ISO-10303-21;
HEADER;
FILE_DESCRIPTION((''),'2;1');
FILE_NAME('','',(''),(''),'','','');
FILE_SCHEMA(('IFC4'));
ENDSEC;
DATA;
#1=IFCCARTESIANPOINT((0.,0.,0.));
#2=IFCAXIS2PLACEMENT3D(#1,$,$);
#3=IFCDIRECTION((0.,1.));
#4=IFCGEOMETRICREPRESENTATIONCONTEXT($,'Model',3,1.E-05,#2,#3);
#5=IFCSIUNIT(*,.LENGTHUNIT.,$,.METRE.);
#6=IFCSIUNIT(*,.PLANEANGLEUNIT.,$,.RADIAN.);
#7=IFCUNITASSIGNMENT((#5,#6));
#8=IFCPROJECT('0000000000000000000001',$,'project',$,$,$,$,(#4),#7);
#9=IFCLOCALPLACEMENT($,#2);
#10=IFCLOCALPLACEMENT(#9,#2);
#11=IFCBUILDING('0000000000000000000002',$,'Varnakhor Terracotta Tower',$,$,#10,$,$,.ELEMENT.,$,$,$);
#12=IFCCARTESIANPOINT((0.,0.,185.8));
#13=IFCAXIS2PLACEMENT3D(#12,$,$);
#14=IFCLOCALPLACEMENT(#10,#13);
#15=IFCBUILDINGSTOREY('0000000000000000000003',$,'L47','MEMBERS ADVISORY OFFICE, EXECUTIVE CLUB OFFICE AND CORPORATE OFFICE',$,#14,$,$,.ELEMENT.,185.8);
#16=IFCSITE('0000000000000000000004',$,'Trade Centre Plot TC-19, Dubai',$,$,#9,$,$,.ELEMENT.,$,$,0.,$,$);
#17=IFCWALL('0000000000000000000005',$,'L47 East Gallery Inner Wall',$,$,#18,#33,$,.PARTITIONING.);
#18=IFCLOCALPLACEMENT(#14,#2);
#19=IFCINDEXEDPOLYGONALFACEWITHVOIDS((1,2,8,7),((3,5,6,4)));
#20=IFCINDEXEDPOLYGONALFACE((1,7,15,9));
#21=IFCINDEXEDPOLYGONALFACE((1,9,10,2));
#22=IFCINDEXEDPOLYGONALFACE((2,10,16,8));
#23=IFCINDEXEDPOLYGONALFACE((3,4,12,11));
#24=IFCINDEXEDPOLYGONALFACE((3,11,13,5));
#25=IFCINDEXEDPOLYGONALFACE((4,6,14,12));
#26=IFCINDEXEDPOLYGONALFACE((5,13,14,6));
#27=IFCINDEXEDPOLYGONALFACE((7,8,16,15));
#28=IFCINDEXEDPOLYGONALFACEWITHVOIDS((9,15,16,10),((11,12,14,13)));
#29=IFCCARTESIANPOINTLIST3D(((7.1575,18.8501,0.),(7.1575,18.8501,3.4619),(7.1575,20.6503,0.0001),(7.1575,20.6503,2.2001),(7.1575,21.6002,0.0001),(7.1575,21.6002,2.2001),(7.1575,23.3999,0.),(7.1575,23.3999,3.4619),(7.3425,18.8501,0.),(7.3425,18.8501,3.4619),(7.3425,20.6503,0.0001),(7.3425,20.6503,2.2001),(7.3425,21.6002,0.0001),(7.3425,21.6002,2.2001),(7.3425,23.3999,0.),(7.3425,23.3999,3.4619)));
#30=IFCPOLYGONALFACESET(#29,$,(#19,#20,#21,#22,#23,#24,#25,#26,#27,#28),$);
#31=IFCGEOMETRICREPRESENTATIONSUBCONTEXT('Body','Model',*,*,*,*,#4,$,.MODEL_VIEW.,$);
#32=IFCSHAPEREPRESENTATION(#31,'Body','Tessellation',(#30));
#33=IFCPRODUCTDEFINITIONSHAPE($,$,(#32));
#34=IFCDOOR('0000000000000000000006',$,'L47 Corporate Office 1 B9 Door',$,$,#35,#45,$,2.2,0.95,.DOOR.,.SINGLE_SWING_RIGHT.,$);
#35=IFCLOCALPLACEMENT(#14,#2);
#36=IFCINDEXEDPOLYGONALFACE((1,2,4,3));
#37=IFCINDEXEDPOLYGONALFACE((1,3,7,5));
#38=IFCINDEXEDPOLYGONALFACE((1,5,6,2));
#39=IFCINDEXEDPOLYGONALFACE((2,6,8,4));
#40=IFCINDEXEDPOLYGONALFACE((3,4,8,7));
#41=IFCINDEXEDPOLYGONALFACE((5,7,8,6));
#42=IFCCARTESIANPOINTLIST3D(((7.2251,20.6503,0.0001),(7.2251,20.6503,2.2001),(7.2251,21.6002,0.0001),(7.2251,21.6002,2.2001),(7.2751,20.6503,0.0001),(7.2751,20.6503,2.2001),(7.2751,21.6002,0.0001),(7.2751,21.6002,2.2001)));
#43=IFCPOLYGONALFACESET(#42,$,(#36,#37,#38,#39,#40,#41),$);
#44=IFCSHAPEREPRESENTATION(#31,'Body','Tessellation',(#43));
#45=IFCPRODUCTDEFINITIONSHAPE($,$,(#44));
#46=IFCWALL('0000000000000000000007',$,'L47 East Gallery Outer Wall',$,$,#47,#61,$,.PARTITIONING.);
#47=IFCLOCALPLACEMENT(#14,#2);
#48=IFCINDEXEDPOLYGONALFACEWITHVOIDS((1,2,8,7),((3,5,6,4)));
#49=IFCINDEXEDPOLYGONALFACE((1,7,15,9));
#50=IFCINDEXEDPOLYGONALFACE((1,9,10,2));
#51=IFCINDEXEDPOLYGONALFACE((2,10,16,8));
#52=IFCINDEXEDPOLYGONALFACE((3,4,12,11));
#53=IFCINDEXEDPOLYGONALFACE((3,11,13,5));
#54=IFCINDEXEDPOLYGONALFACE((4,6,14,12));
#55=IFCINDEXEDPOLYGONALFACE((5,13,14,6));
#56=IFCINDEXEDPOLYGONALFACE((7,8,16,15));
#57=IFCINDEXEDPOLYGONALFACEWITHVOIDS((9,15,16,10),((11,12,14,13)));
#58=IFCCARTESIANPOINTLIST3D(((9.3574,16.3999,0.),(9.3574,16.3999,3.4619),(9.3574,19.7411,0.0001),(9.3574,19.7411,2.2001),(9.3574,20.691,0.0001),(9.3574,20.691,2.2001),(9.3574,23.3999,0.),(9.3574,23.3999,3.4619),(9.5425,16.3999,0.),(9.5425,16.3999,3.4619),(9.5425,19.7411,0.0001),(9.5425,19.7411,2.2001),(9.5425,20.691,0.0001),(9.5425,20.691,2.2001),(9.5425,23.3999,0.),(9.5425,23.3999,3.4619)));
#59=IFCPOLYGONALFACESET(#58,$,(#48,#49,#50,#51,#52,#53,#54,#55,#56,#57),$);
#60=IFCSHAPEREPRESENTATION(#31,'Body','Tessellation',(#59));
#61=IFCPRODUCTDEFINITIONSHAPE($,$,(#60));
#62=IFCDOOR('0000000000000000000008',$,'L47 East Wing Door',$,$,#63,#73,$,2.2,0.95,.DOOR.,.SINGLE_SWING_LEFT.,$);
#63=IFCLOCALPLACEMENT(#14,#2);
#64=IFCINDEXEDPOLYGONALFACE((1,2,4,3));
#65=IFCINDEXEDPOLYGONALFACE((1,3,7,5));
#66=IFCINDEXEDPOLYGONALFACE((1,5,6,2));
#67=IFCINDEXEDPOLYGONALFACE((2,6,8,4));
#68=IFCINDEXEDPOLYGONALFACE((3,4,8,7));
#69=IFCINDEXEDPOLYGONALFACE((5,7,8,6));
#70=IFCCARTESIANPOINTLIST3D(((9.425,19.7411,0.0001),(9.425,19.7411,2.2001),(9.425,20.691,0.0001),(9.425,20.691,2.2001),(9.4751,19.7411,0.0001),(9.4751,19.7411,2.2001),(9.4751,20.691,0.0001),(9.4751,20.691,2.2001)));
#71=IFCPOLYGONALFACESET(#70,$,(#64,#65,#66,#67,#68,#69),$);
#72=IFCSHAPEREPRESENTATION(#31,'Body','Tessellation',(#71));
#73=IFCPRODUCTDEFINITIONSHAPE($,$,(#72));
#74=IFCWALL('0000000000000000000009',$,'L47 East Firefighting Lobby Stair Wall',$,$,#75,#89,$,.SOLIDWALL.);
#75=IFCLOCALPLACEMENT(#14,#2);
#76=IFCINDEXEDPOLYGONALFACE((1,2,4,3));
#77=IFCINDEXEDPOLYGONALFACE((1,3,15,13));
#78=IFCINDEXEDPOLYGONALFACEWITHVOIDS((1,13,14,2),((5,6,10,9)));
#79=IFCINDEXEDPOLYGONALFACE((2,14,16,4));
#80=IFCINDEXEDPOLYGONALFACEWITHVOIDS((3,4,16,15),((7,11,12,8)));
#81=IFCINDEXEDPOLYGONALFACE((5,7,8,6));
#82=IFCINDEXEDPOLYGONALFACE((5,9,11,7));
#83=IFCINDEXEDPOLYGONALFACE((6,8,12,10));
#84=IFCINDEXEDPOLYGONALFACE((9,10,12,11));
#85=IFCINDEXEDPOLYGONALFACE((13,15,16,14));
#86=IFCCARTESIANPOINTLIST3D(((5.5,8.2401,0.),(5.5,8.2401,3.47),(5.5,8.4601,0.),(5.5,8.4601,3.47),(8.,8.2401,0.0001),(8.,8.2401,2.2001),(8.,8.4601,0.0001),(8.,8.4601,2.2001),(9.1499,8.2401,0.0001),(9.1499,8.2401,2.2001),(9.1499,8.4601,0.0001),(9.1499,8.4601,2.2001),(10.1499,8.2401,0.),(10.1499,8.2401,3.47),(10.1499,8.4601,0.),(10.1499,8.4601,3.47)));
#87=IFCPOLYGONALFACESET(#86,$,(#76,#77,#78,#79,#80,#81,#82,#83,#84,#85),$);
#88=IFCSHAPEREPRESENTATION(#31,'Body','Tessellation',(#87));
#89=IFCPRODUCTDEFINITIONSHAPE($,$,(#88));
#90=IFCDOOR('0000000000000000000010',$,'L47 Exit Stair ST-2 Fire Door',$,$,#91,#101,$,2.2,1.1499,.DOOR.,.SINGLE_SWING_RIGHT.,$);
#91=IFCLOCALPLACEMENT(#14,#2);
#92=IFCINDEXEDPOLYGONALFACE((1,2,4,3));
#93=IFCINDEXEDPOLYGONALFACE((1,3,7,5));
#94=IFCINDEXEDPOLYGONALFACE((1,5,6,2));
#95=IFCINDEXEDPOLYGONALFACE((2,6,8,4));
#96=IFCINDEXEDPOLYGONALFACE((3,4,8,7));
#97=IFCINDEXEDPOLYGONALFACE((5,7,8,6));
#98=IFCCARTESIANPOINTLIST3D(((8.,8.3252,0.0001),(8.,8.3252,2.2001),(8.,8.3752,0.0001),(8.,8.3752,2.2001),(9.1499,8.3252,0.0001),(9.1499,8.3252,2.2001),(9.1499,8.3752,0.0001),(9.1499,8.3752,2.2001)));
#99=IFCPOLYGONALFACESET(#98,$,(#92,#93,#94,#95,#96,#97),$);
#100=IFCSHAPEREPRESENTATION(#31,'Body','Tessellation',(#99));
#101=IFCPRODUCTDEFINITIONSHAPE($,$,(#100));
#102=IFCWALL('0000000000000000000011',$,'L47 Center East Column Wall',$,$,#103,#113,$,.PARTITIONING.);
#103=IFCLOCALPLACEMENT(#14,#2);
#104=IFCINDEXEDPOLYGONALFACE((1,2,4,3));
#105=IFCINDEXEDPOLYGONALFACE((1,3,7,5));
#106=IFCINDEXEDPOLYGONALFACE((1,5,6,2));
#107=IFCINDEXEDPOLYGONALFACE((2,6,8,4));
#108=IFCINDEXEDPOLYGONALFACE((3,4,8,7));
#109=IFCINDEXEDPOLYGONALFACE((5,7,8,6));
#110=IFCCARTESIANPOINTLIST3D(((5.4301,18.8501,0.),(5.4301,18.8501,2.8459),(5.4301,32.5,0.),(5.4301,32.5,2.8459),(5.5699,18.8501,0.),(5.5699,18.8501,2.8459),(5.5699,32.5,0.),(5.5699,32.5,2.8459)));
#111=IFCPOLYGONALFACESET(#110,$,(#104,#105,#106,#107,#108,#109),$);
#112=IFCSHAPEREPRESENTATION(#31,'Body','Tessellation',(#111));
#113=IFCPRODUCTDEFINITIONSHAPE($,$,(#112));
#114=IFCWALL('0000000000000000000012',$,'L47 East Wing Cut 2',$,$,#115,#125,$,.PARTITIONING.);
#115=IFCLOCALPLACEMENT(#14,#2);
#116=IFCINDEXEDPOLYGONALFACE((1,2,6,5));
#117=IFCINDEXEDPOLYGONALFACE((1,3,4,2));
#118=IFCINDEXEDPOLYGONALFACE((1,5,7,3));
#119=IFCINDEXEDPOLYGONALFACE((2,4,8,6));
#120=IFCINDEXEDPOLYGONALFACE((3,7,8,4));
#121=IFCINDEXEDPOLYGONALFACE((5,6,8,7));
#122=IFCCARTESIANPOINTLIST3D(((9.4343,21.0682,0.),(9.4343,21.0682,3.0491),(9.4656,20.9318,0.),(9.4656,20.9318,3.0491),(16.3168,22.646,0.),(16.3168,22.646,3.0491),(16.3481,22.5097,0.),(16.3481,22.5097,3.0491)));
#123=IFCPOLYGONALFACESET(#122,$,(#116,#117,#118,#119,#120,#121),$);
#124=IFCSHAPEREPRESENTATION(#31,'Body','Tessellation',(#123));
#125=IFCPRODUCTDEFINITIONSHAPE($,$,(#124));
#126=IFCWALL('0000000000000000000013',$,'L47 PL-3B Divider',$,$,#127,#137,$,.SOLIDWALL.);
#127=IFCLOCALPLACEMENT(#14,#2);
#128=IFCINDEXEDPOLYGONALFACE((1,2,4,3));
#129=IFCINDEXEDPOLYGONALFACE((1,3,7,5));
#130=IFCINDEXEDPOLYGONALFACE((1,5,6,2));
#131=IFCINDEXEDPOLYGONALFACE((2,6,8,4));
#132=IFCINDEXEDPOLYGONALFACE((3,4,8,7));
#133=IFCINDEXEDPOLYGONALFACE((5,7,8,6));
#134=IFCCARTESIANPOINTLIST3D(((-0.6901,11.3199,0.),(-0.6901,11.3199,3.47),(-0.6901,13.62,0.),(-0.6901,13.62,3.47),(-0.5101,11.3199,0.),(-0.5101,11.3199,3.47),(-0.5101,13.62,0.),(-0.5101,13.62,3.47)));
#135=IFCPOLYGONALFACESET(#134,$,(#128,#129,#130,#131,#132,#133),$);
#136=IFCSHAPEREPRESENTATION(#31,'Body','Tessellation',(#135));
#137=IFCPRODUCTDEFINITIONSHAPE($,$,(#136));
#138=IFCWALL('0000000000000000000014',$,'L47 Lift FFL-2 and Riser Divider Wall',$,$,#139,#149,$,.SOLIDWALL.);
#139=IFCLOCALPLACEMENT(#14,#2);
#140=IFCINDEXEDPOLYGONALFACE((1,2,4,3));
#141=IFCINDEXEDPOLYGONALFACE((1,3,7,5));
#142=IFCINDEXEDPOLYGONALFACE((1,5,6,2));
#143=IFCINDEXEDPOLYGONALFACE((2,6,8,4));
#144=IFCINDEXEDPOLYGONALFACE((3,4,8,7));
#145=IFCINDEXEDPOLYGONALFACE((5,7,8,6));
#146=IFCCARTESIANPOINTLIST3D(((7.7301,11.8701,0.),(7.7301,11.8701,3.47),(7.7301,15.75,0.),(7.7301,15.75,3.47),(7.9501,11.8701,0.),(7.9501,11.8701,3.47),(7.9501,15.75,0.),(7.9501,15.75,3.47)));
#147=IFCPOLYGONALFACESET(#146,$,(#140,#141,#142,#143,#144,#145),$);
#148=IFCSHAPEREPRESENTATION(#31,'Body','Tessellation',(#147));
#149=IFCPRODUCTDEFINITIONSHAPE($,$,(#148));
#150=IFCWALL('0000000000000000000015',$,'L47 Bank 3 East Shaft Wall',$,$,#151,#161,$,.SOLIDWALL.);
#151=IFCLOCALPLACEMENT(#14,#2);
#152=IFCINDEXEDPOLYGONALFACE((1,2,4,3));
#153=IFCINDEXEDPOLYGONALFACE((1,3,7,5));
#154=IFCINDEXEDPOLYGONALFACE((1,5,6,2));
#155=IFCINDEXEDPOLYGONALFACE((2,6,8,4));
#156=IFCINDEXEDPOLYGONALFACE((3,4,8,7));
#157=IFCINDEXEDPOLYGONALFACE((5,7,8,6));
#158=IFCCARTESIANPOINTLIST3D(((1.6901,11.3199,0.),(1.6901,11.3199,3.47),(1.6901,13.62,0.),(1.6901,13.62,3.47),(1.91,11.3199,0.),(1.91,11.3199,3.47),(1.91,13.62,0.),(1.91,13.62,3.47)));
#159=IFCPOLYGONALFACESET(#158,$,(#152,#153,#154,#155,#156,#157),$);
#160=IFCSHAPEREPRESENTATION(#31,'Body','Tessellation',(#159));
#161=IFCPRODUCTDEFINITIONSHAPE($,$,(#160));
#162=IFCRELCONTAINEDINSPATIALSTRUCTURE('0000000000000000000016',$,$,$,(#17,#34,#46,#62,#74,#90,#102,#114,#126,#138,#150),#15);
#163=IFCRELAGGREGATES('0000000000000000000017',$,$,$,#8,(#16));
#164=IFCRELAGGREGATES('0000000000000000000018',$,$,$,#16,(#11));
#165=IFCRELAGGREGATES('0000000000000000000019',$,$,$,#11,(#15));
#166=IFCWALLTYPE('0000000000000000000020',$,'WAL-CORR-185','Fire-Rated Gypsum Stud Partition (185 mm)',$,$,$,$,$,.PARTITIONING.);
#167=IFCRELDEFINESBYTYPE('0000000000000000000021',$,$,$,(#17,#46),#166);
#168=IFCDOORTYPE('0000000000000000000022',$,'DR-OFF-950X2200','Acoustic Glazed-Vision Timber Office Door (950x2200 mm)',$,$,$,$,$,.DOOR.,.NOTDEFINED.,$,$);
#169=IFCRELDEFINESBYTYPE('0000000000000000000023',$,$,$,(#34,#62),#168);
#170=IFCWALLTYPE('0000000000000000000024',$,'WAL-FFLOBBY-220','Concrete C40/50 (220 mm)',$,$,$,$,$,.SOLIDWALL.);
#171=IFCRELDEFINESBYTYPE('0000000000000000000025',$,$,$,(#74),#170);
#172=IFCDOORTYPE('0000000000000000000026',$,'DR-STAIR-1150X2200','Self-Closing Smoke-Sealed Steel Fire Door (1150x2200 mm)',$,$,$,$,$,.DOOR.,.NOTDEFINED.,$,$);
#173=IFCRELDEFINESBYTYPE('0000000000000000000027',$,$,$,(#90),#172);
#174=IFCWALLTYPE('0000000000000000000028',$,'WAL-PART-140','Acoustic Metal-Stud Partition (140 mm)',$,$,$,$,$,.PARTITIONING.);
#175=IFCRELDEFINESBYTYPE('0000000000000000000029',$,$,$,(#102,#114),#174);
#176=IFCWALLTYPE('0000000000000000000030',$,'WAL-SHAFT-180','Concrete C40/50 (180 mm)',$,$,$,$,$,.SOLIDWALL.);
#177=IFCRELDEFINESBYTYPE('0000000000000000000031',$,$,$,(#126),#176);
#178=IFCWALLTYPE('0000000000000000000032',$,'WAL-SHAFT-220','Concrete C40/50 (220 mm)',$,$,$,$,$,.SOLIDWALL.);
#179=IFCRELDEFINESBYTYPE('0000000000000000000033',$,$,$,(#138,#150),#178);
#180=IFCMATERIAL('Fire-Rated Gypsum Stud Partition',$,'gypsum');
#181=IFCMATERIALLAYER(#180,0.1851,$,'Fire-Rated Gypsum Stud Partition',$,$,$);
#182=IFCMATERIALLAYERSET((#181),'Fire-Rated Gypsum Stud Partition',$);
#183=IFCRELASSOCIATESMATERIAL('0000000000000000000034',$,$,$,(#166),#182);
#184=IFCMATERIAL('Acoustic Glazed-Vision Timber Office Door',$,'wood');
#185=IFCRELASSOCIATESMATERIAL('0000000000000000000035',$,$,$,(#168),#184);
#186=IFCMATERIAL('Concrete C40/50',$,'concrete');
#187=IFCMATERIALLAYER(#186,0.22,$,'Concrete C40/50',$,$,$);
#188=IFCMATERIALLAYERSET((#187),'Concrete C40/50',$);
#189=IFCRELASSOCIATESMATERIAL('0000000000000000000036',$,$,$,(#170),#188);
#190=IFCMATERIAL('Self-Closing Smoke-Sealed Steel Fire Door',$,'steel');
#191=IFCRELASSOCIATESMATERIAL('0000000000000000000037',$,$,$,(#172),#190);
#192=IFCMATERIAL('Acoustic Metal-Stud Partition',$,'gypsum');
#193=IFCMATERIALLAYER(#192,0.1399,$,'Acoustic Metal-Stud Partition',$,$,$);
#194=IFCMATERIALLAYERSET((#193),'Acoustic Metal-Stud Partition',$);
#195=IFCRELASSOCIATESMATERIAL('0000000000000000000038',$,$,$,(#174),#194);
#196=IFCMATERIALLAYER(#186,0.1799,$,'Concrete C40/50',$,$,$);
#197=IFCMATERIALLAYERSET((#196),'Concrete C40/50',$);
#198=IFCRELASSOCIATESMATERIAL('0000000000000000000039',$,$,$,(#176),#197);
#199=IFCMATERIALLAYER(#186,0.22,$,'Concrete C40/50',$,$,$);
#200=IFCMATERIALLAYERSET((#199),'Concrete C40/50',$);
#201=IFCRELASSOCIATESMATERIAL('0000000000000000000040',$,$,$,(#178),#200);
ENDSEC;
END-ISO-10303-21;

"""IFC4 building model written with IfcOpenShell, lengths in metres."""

from ifc_helpers import new_model, si_unit, direction, frame, frame_2d, origin, place, context, subcontext, project, spatial, rectangle, extrude, source, transform, mapped, material, layer, layer_set, type_object, type_shapes, element, fill, save


model = new_model("IFC4")

# Units and contexts
model_context = context("Model", 3, precision=1e-05, world=origin(), true_north=direction((0.0, 1.0)))
body_context = subcontext(model_context, "Body", "Model", "MODEL_VIEW")
ifc_project = project(units=[si_unit("LENGTHUNIT", "METRE"), si_unit("PLANEANGLEUNIT", "RADIAN")], contexts=[model_context])

# Site, building, storey
site_placement = place(None, origin())
site = spatial("IfcSite", under=ifc_project, at=site_placement, Name="Trade Centre Plot TC-19, Dubai", CompositionType="ELEMENT", RefElevation=0.0)
building_placement = place(site_placement, origin())
building = spatial("IfcBuilding", under=site, at=building_placement, Name="Varnakhor Terracotta Tower", CompositionType="ELEMENT")
storey_placement = place(building_placement, frame((0.0, 0.0, 185.8)))
storey = spatial("IfcBuildingStorey", under=building, at=storey_placement, Name="L47", Description="MEMBERS ADVISORY OFFICE, EXECUTIVE CLUB OFFICE AND CORPORATE OFFICE", CompositionType="ELEMENT", Elevation=185.8)

# Walls, openings, doors
ifc_material_1 = material(Name="Fire-Rated Gypsum Stud Partition", Category="gypsum")
ifc_layer_1 = layer(ifc_material_1, 0.1851, Name="Fire-Rated Gypsum Stud Partition")
ifc_layer_set_1 = layer_set([ifc_layer_1], Name="Fire-Rated Gypsum Stud Partition")
wall_type_1 = type_object("IfcWallType", Name="WAL-CORR-185", Description="Fire-Rated Gypsum Stud Partition (185 mm)", PredefinedType="PARTITIONING", material=ifc_layer_set_1)
wall_1_placement = place(storey_placement, frame((7.25, 18.8501, 0.0), z_axis=(0.0, 0.0, 1.0), x_axis=(0.0, 1.0, 0.0)))
wall_1 = element("IfcWall", 1, at=wall_1_placement, inside=storey, type_object=wall_type_1, Name="L47 East Gallery Inner Wall", PredefinedType="PARTITIONING", context=body_context, shape_type="SweptSolid", body=[
    extrude(rectangle(XDim=4.5498, YDim=0.1851, at=frame_2d((2.2749, 0.0))), origin(), (0.0, 0.0, 1.0), 3.4619),
])
opening_1_placement = place(wall_1_placement, frame((1.8, 0.0, 0.0)))
opening_1 = element("IfcOpeningElement", 2, at=opening_1_placement, cuts=wall_1, PredefinedType="OPENING", context=body_context, shape_type="SweptSolid", body=[
    extrude(rectangle(XDim=0.95, YDim=2.2, at=frame_2d((0.4751, 1.1001))), frame((0.0, 0.1025, 0.0), z_axis=(0.0, -1.0, 0.0), x_axis=(1.0, 0.0, 0.0)), (0.0, 0.0, 1.0), 0.2051),
])
ifc_material_2 = material(Name="Acoustic Glazed-Vision Timber Office Door", Category="wood")
door_type_1 = type_object("IfcDoorType", Name="DR-OFF-950X2200", Description="Acoustic Glazed-Vision Timber Office Door (950x2200 mm)", OperationType="NOTDEFINED", PredefinedType="DOOR", material=ifc_material_2)
shared_shape_1 = source(origin(), body_context, "Body", "SweptSolid", [
    extrude(rectangle(XDim=0.95, YDim=2.2, at=frame_2d((0.4751, 1.1001))), frame((0.0, 0.0249, 0.0), z_axis=(0.0, -1.0, 0.0), x_axis=(1.0, 0.0, 0.0)), (0.0, 0.0, 1.0), 0.05),
])
type_shapes(door_type_1, [shared_shape_1])
door_1_placement = place(opening_1_placement, origin())
door_1 = element("IfcDoor", 3, at=door_1_placement, inside=storey, type_object=door_type_1, Name="L47 Corporate Office 1 B9 Door", OperationType="SINGLE_SWING_RIGHT", OverallHeight=2.2, OverallWidth=0.95, PredefinedType="DOOR", context=body_context, shape_type="MappedRepresentation", body=[
    mapped(shared_shape_1, transform((0.0, 0.0, 0.0), scale=1.0)),
])
fill(opening_1, door_1)
wall_2_placement = place(storey_placement, frame((9.45, 16.3999, 0.0), z_axis=(0.0, 0.0, 1.0), x_axis=(0.0, 1.0, 0.0)))
wall_2 = element("IfcWall", 4, at=wall_2_placement, inside=storey, type_object=wall_type_1, Name="L47 East Gallery Outer Wall", PredefinedType="PARTITIONING", context=body_context, shape_type="SweptSolid", body=[
    extrude(rectangle(XDim=7.0, YDim=0.1851, at=frame_2d((3.5, 0.0))), origin(), (0.0, 0.0, 1.0), 3.4619),
])
opening_2_placement = place(wall_2_placement, frame((3.3411, 0.0, 0.0)))
opening_2 = element("IfcOpeningElement", 5, at=opening_2_placement, cuts=wall_2, PredefinedType="OPENING", context=body_context, shape_type="SweptSolid", body=[
    extrude(rectangle(XDim=0.95, YDim=2.2, at=frame_2d((0.4751, 1.1001))), frame((0.0, 0.1025, 0.0), z_axis=(0.0, -1.0, 0.0), x_axis=(1.0, 0.0, 0.0)), (0.0, 0.0, 1.0), 0.2051),
])
door_2_placement = place(opening_2_placement, origin())
door_2 = element("IfcDoor", 6, at=door_2_placement, inside=storey, type_object=door_type_1, Name="L47 East Wing Door", OperationType="SINGLE_SWING_LEFT", OverallHeight=2.2, OverallWidth=0.95, PredefinedType="DOOR", context=body_context, shape_type="MappedRepresentation", body=[
    mapped(shared_shape_1, transform((0.0, 0.0, 0.0), scale=1.0)),
])
fill(opening_2, door_2)
ifc_material_3 = material(Name="Concrete C40/50", Category="concrete")
ifc_layer_2 = layer(ifc_material_3, 0.22, Name="Concrete C40/50")
ifc_layer_set_2 = layer_set([ifc_layer_2], Name="Concrete C40/50")
wall_type_2 = type_object("IfcWallType", Name="WAL-FFLOBBY-220", Description="Concrete C40/50 (220 mm)", PredefinedType="SOLIDWALL", material=ifc_layer_set_2)
wall_3_placement = place(storey_placement, frame((10.1499, 8.3501, 0.0), z_axis=(0.0, 0.0, 1.0), x_axis=(-1.0, 0.0, 0.0)))
wall_3 = element("IfcWall", 7, at=wall_3_placement, inside=storey, type_object=wall_type_2, Name="L47 East Firefighting Lobby Stair Wall", PredefinedType="SOLIDWALL", context=body_context, shape_type="SweptSolid", body=[
    extrude(rectangle(XDim=4.6499, YDim=0.22, at=frame_2d((2.325, 0.0))), origin(), (0.0, 0.0, 1.0), 3.47),
])
opening_3_placement = place(wall_3_placement, frame((1.0, 0.0, 0.0)))
opening_3 = element("IfcOpeningElement", 8, at=opening_3_placement, cuts=wall_3, PredefinedType="OPENING", context=body_context, shape_type="SweptSolid", body=[
    extrude(rectangle(XDim=1.1499, YDim=2.2, at=frame_2d((0.575, 1.1001))), frame((0.0, 0.1201, 0.0), z_axis=(0.0, -1.0, 0.0), x_axis=(1.0, 0.0, 0.0)), (0.0, 0.0, 1.0), 0.24),
])
ifc_material_4 = material(Name="Self-Closing Smoke-Sealed Steel Fire Door", Category="steel")
door_type_2 = type_object("IfcDoorType", Name="DR-STAIR-1150X2200", Description="Self-Closing Smoke-Sealed Steel Fire Door (1150x2200 mm)", OperationType="NOTDEFINED", PredefinedType="DOOR", material=ifc_material_4)
shared_shape_2 = source(origin(), body_context, "Body", "SweptSolid", [
    extrude(rectangle(XDim=1.1499, YDim=2.2, at=frame_2d((0.575, 1.1001))), frame((0.0, 0.0249, 0.0), z_axis=(0.0, -1.0, 0.0), x_axis=(1.0, 0.0, 0.0)), (0.0, 0.0, 1.0), 0.05),
])
type_shapes(door_type_2, [shared_shape_2])
door_3_placement = place(opening_3_placement, origin())
door_3 = element("IfcDoor", 9, at=door_3_placement, inside=storey, type_object=door_type_2, Name="L47 Exit Stair ST-2 Fire Door", OperationType="SINGLE_SWING_RIGHT", OverallHeight=2.2, OverallWidth=1.1499, PredefinedType="DOOR", context=body_context, shape_type="MappedRepresentation", body=[
    mapped(shared_shape_2, transform((0.0, 0.0, 0.0), scale=1.0)),
])
fill(opening_3, door_3)

# Walls
ifc_material_5 = material(Name="Acoustic Metal-Stud Partition", Category="gypsum")
ifc_layer_3 = layer(ifc_material_5, 0.1399, Name="Acoustic Metal-Stud Partition")
ifc_layer_set_3 = layer_set([ifc_layer_3], Name="Acoustic Metal-Stud Partition")
wall_type_3 = type_object("IfcWallType", Name="WAL-PART-140", Description="Acoustic Metal-Stud Partition (140 mm)", PredefinedType="PARTITIONING", material=ifc_layer_set_3)
wall_4_placement = place(storey_placement, frame((5.5, 18.8501, 0.0), z_axis=(0.0, 0.0, 1.0), x_axis=(0.0, 1.0, 0.0)))
element("IfcWall", 10, at=wall_4_placement, inside=storey, type_object=wall_type_3, Name="L47 Center East Column Wall", PredefinedType="PARTITIONING", context=body_context, shape_type="SweptSolid", body=[
    extrude(rectangle(XDim=13.6499, YDim=0.1399, at=frame_2d((6.825, 0.0))), origin(), (0.0, 0.0, 1.0), 2.8459),
])
wall_5_placement = place(storey_placement, frame((9.45, 21.0, 0.0), z_axis=(0.0, 0.0, 1.0), x_axis=(0.974713, 0.22346, 0.0)))
element("IfcWall", 11, at=wall_5_placement, inside=storey, type_object=wall_type_3, Name="L47 East Wing Cut 2", PredefinedType="PARTITIONING", context=body_context, shape_type="SweptSolid", body=[
    extrude(rectangle(XDim=7.061, YDim=0.1399, at=frame_2d((3.5305, 0.0))), origin(), (0.0, 0.0, 1.0), 3.0491),
])
ifc_layer_4 = layer(ifc_material_3, 0.1799, Name="Concrete C40/50")
ifc_layer_set_4 = layer_set([ifc_layer_4], Name="Concrete C40/50")
wall_type_4 = type_object("IfcWallType", Name="WAL-SHAFT-180", Description="Concrete C40/50 (180 mm)", PredefinedType="SOLIDWALL", material=ifc_layer_set_4)
wall_6_placement = place(storey_placement, frame((-0.6001, 11.3201, 0.0), z_axis=(0.0, 0.0, 1.0), x_axis=(0.0, 1.0, 0.0)))
element("IfcWall", 12, at=wall_6_placement, inside=storey, type_object=wall_type_4, Name="L47 PL-3B Divider", PredefinedType="SOLIDWALL", context=body_context, shape_type="SweptSolid", body=[
    extrude(rectangle(XDim=2.3, YDim=0.1799, at=frame_2d((1.1499, 0.0))), origin(), (0.0, 0.0, 1.0), 3.47),
])
ifc_layer_5 = layer(ifc_material_3, 0.22, Name="Concrete C40/50")
ifc_layer_set_5 = layer_set([ifc_layer_5], Name="Concrete C40/50")
wall_type_5 = type_object("IfcWallType", Name="WAL-SHAFT-220", Description="Concrete C40/50 (220 mm)", PredefinedType="SOLIDWALL", material=ifc_layer_set_5)
wall_7_placement = place(storey_placement, frame((7.8401, 11.8701, 0.0), z_axis=(0.0, 0.0, 1.0), x_axis=(0.0, 1.0, 0.0)))
element("IfcWall", 13, at=wall_7_placement, inside=storey, type_object=wall_type_5, Name="L47 Lift FFL-2 and Riser Divider Wall", PredefinedType="SOLIDWALL", context=body_context, shape_type="SweptSolid", body=[
    extrude(rectangle(XDim=3.8799, YDim=0.22, at=frame_2d((1.9399, 0.0))), origin(), (0.0, 0.0, 1.0), 3.47),
])
wall_8_placement = place(storey_placement, frame((1.8, 11.3201, 0.0), z_axis=(0.0, 0.0, 1.0), x_axis=(0.0, 1.0, 0.0)))
element("IfcWall", 14, at=wall_8_placement, inside=storey, type_object=wall_type_5, Name="L47 Bank 3 East Shaft Wall", PredefinedType="SOLIDWALL", context=body_context, shape_type="SweptSolid", body=[
    extrude(rectangle(XDim=2.3, YDim=0.22, at=frame_2d((1.1499, 0.0))), origin(), (0.0, 0.0, 1.0), 3.47),
])

save(model, "model.ifc")
